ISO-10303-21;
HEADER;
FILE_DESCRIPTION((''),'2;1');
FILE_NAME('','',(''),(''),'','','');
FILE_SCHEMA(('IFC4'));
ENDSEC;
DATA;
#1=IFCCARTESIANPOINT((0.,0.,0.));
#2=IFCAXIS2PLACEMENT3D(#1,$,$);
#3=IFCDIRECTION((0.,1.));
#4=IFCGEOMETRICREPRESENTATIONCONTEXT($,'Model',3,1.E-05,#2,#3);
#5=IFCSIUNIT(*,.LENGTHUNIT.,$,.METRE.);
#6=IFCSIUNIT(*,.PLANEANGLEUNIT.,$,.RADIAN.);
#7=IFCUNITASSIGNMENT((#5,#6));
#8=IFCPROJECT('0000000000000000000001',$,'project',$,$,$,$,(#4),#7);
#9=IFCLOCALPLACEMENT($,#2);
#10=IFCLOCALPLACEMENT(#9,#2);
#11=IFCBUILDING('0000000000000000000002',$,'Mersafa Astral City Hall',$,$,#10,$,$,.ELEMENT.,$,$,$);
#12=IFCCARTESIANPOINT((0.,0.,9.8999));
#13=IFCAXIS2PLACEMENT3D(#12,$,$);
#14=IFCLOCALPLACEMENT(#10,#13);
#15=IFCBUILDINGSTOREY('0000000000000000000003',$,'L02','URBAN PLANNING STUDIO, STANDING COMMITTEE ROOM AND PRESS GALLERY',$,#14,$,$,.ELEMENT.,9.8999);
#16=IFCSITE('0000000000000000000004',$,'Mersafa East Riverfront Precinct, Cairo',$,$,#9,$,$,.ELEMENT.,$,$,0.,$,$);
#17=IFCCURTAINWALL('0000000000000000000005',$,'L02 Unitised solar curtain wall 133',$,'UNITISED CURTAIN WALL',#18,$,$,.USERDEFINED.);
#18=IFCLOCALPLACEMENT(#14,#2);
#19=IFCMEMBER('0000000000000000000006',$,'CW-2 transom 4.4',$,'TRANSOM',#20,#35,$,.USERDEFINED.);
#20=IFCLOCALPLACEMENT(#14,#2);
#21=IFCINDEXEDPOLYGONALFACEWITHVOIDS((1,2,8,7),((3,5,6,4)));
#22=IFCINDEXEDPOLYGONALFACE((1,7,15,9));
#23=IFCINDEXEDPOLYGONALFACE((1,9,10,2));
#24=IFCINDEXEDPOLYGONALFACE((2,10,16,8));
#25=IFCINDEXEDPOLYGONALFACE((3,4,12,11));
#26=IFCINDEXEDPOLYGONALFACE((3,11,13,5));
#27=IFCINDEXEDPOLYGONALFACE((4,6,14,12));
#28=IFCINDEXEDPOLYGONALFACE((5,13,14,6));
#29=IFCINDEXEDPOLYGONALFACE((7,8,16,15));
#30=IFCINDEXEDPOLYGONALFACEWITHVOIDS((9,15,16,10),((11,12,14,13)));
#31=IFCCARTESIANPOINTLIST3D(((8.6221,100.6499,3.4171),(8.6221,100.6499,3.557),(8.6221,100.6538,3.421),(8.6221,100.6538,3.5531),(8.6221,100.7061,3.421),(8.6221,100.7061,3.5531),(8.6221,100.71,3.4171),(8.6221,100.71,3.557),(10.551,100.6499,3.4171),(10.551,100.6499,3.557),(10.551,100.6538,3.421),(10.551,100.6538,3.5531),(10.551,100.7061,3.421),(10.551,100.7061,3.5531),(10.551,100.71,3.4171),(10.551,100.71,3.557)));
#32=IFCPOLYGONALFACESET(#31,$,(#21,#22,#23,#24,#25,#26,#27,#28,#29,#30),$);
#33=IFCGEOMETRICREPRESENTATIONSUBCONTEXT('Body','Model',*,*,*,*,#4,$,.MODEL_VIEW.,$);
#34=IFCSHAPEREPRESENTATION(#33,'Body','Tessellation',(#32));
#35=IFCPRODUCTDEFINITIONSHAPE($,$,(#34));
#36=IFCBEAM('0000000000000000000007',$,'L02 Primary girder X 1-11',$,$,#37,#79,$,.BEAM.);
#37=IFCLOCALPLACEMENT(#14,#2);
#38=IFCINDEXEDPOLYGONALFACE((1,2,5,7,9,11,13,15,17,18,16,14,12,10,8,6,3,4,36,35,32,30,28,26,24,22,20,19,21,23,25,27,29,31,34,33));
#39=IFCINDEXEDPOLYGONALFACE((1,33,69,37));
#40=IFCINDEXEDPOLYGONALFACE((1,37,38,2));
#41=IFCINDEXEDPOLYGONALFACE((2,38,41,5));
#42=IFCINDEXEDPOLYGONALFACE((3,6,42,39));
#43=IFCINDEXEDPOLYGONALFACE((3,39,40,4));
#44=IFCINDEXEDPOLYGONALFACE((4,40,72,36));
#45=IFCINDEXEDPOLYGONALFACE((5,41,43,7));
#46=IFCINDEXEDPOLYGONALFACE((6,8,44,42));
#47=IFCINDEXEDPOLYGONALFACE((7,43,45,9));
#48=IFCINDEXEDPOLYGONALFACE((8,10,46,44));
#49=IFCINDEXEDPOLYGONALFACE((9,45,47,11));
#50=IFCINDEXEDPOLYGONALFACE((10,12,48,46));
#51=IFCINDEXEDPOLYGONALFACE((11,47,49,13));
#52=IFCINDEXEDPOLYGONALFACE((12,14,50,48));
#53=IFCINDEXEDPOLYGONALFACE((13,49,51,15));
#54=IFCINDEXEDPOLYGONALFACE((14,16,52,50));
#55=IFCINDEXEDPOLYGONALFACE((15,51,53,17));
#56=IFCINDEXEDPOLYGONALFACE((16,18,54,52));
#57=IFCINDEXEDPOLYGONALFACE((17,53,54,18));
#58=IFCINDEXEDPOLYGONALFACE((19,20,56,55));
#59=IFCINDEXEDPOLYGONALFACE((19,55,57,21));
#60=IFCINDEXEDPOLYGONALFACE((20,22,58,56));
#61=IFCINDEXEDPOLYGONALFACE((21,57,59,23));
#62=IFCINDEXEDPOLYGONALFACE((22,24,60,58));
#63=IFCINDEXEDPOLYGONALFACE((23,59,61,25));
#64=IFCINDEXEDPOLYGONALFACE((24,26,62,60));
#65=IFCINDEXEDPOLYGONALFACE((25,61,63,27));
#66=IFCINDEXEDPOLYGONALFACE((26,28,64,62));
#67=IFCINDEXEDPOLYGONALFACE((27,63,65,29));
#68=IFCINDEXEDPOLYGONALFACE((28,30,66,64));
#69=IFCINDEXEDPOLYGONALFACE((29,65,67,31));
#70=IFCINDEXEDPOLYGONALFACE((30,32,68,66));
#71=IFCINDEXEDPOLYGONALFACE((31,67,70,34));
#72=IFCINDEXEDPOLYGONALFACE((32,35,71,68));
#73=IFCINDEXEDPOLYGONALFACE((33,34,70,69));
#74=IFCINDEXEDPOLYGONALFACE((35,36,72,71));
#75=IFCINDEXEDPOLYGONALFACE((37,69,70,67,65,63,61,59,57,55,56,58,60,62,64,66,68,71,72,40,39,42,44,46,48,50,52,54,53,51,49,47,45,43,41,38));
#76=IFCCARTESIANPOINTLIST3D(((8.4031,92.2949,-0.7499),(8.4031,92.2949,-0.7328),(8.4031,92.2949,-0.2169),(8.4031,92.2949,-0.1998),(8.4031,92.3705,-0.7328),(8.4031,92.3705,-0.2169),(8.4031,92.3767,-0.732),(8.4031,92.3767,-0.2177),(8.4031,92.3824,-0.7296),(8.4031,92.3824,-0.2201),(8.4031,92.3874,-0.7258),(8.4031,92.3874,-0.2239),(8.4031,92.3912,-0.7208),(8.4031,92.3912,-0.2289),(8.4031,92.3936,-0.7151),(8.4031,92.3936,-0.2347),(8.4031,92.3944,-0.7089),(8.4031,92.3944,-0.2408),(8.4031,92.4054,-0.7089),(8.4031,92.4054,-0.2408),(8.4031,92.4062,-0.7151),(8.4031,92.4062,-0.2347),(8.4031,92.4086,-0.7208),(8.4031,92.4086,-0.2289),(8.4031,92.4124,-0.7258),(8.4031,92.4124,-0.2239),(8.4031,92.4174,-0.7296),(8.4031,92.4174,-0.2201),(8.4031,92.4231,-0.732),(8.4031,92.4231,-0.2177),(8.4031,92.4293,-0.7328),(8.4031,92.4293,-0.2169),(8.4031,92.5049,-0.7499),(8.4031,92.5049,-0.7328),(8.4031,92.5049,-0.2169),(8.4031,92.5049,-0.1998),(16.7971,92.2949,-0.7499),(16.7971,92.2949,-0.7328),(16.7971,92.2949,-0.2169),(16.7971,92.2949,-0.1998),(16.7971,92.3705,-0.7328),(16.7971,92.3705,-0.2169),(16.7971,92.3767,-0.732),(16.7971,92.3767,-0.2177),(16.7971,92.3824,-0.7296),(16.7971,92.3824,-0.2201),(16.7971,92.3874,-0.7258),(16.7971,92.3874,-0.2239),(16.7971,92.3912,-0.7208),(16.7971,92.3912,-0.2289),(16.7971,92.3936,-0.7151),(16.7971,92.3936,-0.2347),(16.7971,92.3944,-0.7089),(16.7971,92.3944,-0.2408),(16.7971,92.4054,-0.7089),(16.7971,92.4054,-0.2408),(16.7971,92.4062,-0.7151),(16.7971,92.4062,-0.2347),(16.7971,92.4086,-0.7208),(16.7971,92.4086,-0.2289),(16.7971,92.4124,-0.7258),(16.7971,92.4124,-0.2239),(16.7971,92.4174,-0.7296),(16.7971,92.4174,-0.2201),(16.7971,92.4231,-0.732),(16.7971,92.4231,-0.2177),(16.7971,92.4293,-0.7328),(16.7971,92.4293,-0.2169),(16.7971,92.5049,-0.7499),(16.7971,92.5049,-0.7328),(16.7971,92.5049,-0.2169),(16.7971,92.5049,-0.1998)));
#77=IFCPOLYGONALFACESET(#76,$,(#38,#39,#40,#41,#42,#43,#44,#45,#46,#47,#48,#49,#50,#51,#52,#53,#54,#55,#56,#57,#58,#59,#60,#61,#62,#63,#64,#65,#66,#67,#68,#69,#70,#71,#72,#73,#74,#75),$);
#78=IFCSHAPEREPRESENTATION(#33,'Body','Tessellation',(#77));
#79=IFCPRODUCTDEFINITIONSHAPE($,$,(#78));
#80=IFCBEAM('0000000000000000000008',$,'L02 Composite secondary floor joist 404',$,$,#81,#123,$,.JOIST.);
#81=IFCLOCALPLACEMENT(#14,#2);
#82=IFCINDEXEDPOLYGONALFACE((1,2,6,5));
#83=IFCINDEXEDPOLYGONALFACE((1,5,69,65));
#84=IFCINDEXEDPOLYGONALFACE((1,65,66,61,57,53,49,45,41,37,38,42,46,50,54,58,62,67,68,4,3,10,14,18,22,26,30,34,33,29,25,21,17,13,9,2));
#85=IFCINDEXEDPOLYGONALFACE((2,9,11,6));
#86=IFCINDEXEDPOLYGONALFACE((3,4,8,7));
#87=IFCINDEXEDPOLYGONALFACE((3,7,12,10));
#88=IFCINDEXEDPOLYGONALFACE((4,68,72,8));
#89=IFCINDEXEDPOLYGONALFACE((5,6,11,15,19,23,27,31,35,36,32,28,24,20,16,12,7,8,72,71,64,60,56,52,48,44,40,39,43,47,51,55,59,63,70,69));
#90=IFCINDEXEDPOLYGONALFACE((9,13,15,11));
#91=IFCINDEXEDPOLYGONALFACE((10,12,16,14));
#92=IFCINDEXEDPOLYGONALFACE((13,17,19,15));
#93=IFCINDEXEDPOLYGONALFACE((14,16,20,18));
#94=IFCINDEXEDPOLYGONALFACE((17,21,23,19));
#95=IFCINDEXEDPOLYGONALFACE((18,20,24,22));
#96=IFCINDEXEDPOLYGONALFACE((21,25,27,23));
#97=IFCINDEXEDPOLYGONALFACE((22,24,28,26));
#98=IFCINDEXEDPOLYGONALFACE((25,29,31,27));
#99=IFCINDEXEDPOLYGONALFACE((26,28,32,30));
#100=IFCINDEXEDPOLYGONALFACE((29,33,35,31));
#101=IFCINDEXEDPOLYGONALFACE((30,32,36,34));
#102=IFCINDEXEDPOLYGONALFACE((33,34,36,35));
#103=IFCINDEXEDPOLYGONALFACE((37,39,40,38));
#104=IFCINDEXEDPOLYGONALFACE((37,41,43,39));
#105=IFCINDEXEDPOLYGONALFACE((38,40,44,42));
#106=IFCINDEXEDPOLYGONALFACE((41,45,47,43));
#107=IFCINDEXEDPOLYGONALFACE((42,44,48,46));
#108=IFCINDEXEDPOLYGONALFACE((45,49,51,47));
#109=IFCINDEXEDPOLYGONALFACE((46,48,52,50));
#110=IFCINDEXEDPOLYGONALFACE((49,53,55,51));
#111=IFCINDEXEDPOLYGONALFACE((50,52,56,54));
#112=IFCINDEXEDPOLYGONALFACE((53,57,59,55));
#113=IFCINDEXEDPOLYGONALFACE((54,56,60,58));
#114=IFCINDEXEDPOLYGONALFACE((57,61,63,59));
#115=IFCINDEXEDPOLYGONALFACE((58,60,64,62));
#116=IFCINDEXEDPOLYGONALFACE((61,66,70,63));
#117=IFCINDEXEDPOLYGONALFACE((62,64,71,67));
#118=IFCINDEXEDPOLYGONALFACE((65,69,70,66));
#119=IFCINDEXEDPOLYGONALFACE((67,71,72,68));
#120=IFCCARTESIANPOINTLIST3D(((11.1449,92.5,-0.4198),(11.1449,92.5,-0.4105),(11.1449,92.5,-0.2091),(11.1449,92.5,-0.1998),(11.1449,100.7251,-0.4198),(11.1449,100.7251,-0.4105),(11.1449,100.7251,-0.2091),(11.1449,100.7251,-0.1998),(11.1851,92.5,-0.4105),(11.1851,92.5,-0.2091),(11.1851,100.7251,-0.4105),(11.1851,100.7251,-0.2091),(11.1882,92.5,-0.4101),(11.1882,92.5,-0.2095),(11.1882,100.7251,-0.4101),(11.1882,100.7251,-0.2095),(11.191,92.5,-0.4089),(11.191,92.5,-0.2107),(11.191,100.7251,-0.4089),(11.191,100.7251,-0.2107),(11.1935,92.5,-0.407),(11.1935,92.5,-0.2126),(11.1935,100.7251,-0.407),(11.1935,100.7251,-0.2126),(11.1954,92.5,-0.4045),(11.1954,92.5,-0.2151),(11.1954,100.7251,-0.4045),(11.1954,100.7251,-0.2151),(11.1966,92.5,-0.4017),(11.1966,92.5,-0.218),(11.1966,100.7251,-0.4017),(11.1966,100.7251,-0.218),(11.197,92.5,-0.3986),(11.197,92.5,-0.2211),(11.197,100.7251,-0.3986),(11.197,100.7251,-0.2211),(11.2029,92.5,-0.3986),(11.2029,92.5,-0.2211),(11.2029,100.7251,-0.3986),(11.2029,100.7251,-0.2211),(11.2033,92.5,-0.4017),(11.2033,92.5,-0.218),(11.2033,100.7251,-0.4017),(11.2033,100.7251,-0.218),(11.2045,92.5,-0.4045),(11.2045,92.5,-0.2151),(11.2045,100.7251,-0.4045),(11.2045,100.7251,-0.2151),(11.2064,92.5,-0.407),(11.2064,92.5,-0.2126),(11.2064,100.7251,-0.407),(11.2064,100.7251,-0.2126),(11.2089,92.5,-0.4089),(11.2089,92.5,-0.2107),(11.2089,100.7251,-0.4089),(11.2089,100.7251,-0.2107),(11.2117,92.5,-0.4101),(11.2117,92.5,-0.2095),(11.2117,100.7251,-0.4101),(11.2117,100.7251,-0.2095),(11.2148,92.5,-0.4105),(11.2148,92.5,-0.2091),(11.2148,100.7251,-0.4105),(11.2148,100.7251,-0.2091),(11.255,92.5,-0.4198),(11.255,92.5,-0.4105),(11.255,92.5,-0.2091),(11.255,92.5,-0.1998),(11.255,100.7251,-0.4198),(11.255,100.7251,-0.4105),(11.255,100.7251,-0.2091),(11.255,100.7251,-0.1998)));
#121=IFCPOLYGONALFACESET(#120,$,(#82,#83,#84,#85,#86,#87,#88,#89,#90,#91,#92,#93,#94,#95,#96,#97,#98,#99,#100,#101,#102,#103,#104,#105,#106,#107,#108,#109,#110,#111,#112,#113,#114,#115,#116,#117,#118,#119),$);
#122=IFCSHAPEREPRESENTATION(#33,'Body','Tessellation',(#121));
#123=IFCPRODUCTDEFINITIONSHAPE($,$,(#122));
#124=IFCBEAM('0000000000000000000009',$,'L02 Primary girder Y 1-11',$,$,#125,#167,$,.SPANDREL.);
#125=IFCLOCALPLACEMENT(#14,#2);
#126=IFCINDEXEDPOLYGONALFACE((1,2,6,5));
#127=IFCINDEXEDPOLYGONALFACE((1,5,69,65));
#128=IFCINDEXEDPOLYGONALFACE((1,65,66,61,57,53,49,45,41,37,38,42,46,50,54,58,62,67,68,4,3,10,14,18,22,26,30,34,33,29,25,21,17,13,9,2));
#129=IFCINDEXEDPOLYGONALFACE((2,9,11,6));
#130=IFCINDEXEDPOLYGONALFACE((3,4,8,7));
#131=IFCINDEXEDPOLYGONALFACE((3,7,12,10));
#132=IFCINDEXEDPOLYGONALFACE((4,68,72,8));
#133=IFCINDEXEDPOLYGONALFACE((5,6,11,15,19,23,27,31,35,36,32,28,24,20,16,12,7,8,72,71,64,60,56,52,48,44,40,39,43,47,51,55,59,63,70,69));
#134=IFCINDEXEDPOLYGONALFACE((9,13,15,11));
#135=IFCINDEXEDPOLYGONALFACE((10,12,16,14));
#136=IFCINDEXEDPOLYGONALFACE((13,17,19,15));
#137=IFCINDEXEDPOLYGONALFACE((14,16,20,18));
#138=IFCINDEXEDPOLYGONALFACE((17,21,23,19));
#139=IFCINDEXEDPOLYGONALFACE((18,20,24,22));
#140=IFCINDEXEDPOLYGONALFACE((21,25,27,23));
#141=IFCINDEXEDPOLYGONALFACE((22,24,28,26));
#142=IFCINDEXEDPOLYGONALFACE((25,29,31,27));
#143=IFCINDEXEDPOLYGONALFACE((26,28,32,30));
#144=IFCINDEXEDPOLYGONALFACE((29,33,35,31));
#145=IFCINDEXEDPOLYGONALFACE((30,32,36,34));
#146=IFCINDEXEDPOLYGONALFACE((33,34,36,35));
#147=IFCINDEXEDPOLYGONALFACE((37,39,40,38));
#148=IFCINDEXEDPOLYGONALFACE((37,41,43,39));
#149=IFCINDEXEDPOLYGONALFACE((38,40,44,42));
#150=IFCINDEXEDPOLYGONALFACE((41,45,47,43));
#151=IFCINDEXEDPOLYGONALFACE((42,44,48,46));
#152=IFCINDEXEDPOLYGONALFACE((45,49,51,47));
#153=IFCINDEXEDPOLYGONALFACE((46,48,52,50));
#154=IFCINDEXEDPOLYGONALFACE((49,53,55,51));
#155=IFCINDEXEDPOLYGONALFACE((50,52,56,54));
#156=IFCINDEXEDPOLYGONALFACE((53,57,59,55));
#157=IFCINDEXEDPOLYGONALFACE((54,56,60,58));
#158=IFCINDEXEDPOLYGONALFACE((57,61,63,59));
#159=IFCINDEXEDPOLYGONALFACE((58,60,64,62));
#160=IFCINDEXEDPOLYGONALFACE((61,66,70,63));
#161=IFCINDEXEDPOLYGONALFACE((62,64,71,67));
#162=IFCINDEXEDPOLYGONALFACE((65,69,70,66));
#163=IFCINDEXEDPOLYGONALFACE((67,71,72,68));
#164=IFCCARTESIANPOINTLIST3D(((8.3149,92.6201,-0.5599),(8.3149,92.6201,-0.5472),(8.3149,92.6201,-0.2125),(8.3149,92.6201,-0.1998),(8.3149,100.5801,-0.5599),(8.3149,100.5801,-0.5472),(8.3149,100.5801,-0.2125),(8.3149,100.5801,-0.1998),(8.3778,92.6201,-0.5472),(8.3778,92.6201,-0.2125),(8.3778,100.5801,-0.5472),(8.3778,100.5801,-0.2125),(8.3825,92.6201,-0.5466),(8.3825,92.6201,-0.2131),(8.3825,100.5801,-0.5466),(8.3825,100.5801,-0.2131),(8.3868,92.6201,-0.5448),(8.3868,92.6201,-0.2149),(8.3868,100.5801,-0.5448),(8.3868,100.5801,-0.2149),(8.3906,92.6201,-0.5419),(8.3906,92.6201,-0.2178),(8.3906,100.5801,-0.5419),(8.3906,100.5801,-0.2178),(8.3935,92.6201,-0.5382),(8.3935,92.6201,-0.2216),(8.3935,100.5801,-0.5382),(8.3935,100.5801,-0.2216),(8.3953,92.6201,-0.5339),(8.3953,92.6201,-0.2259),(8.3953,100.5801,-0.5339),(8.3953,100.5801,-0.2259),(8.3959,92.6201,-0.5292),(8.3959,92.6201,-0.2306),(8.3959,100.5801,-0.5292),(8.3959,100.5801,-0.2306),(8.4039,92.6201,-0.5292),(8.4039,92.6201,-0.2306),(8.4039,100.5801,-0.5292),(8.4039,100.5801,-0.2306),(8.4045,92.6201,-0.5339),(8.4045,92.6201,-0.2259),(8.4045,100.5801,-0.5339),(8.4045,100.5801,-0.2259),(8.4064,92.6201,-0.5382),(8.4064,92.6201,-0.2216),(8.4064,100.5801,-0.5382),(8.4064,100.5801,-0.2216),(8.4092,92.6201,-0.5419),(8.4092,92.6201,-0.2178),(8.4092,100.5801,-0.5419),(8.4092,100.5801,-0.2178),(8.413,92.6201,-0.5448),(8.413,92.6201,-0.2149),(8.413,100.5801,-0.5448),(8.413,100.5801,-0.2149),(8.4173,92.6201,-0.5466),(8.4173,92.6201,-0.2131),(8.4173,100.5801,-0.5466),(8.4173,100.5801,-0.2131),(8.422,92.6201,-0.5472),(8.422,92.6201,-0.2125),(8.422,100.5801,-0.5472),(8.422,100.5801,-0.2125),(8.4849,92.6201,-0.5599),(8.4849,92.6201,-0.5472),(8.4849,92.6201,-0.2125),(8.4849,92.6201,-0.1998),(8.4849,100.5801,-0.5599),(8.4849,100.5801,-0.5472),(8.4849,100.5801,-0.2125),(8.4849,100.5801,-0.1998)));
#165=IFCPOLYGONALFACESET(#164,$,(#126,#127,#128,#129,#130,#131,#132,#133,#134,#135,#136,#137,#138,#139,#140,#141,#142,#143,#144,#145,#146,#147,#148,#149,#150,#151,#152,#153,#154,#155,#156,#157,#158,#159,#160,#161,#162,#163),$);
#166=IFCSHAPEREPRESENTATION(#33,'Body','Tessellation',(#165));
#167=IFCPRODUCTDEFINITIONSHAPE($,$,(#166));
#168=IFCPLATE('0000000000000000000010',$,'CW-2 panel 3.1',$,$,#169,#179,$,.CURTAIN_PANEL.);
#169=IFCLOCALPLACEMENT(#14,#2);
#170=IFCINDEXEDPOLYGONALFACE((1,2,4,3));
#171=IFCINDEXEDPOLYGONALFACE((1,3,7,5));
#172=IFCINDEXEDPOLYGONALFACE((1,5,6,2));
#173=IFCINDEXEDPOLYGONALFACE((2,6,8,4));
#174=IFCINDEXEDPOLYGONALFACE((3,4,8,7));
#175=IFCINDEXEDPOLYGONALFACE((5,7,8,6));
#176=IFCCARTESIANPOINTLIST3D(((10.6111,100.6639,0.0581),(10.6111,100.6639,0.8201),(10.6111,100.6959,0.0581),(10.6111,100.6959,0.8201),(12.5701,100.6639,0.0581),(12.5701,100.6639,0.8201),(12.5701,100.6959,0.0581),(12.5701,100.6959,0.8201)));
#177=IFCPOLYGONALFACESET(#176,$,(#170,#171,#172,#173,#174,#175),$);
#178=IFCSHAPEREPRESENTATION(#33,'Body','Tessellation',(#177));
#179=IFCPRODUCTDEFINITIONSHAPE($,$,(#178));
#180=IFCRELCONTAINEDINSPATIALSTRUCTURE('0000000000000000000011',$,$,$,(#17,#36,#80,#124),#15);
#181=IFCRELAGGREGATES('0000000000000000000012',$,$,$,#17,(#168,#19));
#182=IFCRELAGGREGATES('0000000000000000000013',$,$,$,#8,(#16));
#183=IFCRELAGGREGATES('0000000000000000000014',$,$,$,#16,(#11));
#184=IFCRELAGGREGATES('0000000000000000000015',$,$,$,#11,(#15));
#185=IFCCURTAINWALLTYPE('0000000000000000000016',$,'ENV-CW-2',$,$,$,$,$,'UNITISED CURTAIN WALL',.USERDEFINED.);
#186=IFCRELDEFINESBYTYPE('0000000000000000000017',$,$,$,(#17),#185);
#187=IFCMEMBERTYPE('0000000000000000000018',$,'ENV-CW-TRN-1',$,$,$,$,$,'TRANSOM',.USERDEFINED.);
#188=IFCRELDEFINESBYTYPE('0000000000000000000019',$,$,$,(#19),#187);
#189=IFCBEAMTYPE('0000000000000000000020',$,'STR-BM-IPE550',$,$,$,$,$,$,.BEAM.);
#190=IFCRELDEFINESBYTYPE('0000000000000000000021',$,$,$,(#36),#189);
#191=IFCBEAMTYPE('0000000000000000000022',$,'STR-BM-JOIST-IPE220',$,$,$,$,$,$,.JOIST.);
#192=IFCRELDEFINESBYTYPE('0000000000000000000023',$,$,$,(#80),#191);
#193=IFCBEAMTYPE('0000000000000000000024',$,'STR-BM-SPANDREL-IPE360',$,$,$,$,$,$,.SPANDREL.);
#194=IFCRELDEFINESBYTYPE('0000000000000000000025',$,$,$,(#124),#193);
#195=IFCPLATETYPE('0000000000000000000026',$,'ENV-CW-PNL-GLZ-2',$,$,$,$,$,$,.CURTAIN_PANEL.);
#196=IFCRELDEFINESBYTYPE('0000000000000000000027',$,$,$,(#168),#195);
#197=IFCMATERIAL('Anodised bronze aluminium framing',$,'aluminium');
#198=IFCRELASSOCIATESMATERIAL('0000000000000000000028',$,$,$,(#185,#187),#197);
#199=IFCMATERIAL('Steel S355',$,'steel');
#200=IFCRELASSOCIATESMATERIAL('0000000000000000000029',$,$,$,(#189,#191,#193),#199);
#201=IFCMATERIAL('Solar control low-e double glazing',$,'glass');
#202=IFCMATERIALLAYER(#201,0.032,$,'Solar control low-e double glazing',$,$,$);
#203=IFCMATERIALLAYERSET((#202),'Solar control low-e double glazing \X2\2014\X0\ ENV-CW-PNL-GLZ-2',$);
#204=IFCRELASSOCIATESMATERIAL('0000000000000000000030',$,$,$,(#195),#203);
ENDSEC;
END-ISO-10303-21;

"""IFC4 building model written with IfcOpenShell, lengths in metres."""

from ifc_helpers import new_model, si_unit, direction, frame, origin, origin_2d, place, context, subcontext, project, spatial, rectangle, hollow_rectangle, i_section, extrude, material, layer, layer_set, material_profile, profile_set, type_object, element, aggregate, save


model = new_model("IFC4")

# Units and contexts
model_context = context("Model", 3, precision=1e-05, world=origin(), true_north=direction((0.0, 1.0)))
body_context = subcontext(model_context, "Body", "Model", "MODEL_VIEW")
ifc_project = project(units=[si_unit("LENGTHUNIT", "METRE"), si_unit("PLANEANGLEUNIT", "RADIAN")], contexts=[model_context])

# Site, building, storey
site_placement = place(None, origin())
site = spatial("IfcSite", under=ifc_project, at=site_placement, Name="Mersafa East Riverfront Precinct, Cairo", CompositionType="ELEMENT", RefElevation=0.0)
building_placement = place(site_placement, origin())
building = spatial("IfcBuilding", under=site, at=building_placement, Name="Mersafa Astral City Hall", CompositionType="ELEMENT")
storey_placement = place(building_placement, frame((0.0, 0.0, 9.8999)))
storey = spatial("IfcBuildingStorey", under=building, at=storey_placement, Name="L02", Description="URBAN PLANNING STUDIO, STANDING COMMITTEE ROOM AND PRESS GALLERY", CompositionType="ELEMENT", Elevation=9.8999)

# Shared definitions
ifc_material_1 = material(Name="Steel S355", Category="steel")

# Curtain wall, member
ifc_material_2 = material(Name="Anodised bronze aluminium framing", Category="aluminium")
curtain_wall_type = type_object("IfcCurtainWallType", Name="ENV-CW-2", ElementType="UNITISED CURTAIN WALL", PredefinedType="USERDEFINED", material=ifc_material_2)
curtain_wall_placement = place(storey_placement, origin())
curtain_wall = element("IfcCurtainWall", 1, at=curtain_wall_placement, inside=storey, type_object=curtain_wall_type, Name="L02 Unitised solar curtain wall 133", ObjectType="UNITISED CURTAIN WALL", PredefinedType="USERDEFINED")
ifc_material_profile_1 = material_profile(ifc_material_2, hollow_rectangle(XDim=0.0601, YDim=0.1399, WallThickness=0.0039, at=origin_2d()), Name="RHS 60x140x4")
ifc_profile_set_1 = profile_set([ifc_material_profile_1], Name="Anodised bronze aluminium framing")
member_type_1 = type_object("IfcMemberType", Name="ENV-CW-TRN-1", ElementType="TRANSOM", PredefinedType="USERDEFINED", material=ifc_profile_set_1)
member_1_placement = place(storey_placement, frame((10.551, 100.6799, 3.4871), z_axis=(-1.0, 0.0, 0.0), x_axis=(0.0, -1.0, 0.0)))
member_1 = element("IfcMember", 2, at=member_1_placement, type_object=member_type_1, Name="CW-2 transom 4.4", ObjectType="TRANSOM", PredefinedType="USERDEFINED", context=body_context, shape_type="SweptSolid", body=[
    extrude(hollow_rectangle(XDim=0.0601, YDim=0.1399, WallThickness=0.0039, at=origin_2d()), origin(), (0.0, 0.0, 1.0), 1.929),
])

# Beams
ifc_material_profile_2 = material_profile(ifc_material_1, i_section(OverallWidth=0.21, OverallDepth=0.55, WebThickness=0.011, FlangeThickness=0.0171, FilletRadius=0.0239, at=origin_2d()), Name="IPE 550")
ifc_profile_set_2 = profile_set([ifc_material_profile_2], Name="Steel S355")
beam_type_1 = type_object("IfcBeamType", Name="STR-BM-IPE550", PredefinedType="BEAM", material=ifc_profile_set_2)
beam_1_placement = place(storey_placement, frame((8.4031, 92.3999, -0.4749), z_axis=(1.0, 0.0, 0.0), x_axis=(0.0, 1.0, 0.0)))
element("IfcBeam", 3, at=beam_1_placement, inside=storey, type_object=beam_type_1, Name="L02 Primary girder X 1-11", PredefinedType="BEAM", context=body_context, shape_type="SweptSolid", body=[
    extrude(i_section(OverallWidth=0.21, OverallDepth=0.55, WebThickness=0.011, FlangeThickness=0.0171, FilletRadius=0.0239, at=origin_2d()), origin(), (0.0, 0.0, 1.0), 8.394),
])
ifc_material_profile_3 = material_profile(ifc_material_1, i_section(OverallWidth=0.1101, OverallDepth=0.22, WebThickness=0.0059, FlangeThickness=0.0093, FilletRadius=0.012, at=origin_2d()), Name="IPE 220")
ifc_profile_set_3 = profile_set([ifc_material_profile_3], Name="Steel S355")
beam_type_2 = type_object("IfcBeamType", Name="STR-BM-JOIST-IPE220", PredefinedType="JOIST", material=ifc_profile_set_3)
beam_2_placement = place(storey_placement, frame((11.2, 92.5, -0.3098), z_axis=(0.0, 1.0, 0.0), x_axis=(-1.0, 0.0, 0.0)))
element("IfcBeam", 4, at=beam_2_placement, inside=storey, type_object=beam_type_2, Name="L02 Composite secondary floor joist 404", PredefinedType="JOIST", context=body_context, shape_type="SweptSolid", body=[
    extrude(i_section(OverallWidth=0.1101, OverallDepth=0.22, WebThickness=0.0059, FlangeThickness=0.0093, FilletRadius=0.012, at=origin_2d()), origin(), (0.0, 0.0, 1.0), 8.2251),
])
ifc_material_profile_4 = material_profile(ifc_material_1, i_section(OverallWidth=0.1699, OverallDepth=0.3601, WebThickness=0.0081, FlangeThickness=0.0127, FilletRadius=0.0181, at=origin_2d()), Name="IPE 360")
ifc_profile_set_4 = profile_set([ifc_material_profile_4], Name="Steel S355")
beam_type_3 = type_object("IfcBeamType", Name="STR-BM-SPANDREL-IPE360", PredefinedType="SPANDREL", material=ifc_profile_set_4)
beam_3_placement = place(storey_placement, frame((8.3999, 92.6201, -0.3799), z_axis=(0.0, 1.0, 0.0), x_axis=(-1.0, 0.0, 0.0)))
element("IfcBeam", 5, at=beam_3_placement, inside=storey, type_object=beam_type_3, Name="L02 Primary girder Y 1-11", PredefinedType="SPANDREL", context=body_context, shape_type="SweptSolid", body=[
    extrude(i_section(OverallWidth=0.1699, OverallDepth=0.3601, WebThickness=0.0081, FlangeThickness=0.0127, FilletRadius=0.0181, at=origin_2d()), origin(), (0.0, 0.0, 1.0), 7.96),
])

# Plate
ifc_material_3 = material(Name="Solar control low-e double glazing", Category="glass")
ifc_layer_1 = layer(ifc_material_3, 0.032, Name="Solar control low-e double glazing")
ifc_layer_set_1 = layer_set([ifc_layer_1], Name="Solar control low-e double glazing — ENV-CW-PNL-GLZ-2")
plate_type = type_object("IfcPlateType", Name="ENV-CW-PNL-GLZ-2", PredefinedType="CURTAIN_PANEL", material=ifc_layer_set_1)
plate_1_placement = place(storey_placement, frame((11.5906, 100.6799, 0.0581), z_axis=(0.0, 0.0, 1.0), x_axis=(-1.0, 0.0, 0.0)))
plate_1 = element("IfcPlate", 6, at=plate_1_placement, type_object=plate_type, Name="CW-2 panel 3.1", PredefinedType="CURTAIN_PANEL", context=body_context, shape_type="SweptSolid", body=[
    extrude(rectangle(XDim=1.959, YDim=0.032, at=origin_2d()), origin(), (0.0, 0.0, 1.0), 0.762),
])
aggregate(curtain_wall, [plate_1, member_1])

save(model, "model.ifc")
